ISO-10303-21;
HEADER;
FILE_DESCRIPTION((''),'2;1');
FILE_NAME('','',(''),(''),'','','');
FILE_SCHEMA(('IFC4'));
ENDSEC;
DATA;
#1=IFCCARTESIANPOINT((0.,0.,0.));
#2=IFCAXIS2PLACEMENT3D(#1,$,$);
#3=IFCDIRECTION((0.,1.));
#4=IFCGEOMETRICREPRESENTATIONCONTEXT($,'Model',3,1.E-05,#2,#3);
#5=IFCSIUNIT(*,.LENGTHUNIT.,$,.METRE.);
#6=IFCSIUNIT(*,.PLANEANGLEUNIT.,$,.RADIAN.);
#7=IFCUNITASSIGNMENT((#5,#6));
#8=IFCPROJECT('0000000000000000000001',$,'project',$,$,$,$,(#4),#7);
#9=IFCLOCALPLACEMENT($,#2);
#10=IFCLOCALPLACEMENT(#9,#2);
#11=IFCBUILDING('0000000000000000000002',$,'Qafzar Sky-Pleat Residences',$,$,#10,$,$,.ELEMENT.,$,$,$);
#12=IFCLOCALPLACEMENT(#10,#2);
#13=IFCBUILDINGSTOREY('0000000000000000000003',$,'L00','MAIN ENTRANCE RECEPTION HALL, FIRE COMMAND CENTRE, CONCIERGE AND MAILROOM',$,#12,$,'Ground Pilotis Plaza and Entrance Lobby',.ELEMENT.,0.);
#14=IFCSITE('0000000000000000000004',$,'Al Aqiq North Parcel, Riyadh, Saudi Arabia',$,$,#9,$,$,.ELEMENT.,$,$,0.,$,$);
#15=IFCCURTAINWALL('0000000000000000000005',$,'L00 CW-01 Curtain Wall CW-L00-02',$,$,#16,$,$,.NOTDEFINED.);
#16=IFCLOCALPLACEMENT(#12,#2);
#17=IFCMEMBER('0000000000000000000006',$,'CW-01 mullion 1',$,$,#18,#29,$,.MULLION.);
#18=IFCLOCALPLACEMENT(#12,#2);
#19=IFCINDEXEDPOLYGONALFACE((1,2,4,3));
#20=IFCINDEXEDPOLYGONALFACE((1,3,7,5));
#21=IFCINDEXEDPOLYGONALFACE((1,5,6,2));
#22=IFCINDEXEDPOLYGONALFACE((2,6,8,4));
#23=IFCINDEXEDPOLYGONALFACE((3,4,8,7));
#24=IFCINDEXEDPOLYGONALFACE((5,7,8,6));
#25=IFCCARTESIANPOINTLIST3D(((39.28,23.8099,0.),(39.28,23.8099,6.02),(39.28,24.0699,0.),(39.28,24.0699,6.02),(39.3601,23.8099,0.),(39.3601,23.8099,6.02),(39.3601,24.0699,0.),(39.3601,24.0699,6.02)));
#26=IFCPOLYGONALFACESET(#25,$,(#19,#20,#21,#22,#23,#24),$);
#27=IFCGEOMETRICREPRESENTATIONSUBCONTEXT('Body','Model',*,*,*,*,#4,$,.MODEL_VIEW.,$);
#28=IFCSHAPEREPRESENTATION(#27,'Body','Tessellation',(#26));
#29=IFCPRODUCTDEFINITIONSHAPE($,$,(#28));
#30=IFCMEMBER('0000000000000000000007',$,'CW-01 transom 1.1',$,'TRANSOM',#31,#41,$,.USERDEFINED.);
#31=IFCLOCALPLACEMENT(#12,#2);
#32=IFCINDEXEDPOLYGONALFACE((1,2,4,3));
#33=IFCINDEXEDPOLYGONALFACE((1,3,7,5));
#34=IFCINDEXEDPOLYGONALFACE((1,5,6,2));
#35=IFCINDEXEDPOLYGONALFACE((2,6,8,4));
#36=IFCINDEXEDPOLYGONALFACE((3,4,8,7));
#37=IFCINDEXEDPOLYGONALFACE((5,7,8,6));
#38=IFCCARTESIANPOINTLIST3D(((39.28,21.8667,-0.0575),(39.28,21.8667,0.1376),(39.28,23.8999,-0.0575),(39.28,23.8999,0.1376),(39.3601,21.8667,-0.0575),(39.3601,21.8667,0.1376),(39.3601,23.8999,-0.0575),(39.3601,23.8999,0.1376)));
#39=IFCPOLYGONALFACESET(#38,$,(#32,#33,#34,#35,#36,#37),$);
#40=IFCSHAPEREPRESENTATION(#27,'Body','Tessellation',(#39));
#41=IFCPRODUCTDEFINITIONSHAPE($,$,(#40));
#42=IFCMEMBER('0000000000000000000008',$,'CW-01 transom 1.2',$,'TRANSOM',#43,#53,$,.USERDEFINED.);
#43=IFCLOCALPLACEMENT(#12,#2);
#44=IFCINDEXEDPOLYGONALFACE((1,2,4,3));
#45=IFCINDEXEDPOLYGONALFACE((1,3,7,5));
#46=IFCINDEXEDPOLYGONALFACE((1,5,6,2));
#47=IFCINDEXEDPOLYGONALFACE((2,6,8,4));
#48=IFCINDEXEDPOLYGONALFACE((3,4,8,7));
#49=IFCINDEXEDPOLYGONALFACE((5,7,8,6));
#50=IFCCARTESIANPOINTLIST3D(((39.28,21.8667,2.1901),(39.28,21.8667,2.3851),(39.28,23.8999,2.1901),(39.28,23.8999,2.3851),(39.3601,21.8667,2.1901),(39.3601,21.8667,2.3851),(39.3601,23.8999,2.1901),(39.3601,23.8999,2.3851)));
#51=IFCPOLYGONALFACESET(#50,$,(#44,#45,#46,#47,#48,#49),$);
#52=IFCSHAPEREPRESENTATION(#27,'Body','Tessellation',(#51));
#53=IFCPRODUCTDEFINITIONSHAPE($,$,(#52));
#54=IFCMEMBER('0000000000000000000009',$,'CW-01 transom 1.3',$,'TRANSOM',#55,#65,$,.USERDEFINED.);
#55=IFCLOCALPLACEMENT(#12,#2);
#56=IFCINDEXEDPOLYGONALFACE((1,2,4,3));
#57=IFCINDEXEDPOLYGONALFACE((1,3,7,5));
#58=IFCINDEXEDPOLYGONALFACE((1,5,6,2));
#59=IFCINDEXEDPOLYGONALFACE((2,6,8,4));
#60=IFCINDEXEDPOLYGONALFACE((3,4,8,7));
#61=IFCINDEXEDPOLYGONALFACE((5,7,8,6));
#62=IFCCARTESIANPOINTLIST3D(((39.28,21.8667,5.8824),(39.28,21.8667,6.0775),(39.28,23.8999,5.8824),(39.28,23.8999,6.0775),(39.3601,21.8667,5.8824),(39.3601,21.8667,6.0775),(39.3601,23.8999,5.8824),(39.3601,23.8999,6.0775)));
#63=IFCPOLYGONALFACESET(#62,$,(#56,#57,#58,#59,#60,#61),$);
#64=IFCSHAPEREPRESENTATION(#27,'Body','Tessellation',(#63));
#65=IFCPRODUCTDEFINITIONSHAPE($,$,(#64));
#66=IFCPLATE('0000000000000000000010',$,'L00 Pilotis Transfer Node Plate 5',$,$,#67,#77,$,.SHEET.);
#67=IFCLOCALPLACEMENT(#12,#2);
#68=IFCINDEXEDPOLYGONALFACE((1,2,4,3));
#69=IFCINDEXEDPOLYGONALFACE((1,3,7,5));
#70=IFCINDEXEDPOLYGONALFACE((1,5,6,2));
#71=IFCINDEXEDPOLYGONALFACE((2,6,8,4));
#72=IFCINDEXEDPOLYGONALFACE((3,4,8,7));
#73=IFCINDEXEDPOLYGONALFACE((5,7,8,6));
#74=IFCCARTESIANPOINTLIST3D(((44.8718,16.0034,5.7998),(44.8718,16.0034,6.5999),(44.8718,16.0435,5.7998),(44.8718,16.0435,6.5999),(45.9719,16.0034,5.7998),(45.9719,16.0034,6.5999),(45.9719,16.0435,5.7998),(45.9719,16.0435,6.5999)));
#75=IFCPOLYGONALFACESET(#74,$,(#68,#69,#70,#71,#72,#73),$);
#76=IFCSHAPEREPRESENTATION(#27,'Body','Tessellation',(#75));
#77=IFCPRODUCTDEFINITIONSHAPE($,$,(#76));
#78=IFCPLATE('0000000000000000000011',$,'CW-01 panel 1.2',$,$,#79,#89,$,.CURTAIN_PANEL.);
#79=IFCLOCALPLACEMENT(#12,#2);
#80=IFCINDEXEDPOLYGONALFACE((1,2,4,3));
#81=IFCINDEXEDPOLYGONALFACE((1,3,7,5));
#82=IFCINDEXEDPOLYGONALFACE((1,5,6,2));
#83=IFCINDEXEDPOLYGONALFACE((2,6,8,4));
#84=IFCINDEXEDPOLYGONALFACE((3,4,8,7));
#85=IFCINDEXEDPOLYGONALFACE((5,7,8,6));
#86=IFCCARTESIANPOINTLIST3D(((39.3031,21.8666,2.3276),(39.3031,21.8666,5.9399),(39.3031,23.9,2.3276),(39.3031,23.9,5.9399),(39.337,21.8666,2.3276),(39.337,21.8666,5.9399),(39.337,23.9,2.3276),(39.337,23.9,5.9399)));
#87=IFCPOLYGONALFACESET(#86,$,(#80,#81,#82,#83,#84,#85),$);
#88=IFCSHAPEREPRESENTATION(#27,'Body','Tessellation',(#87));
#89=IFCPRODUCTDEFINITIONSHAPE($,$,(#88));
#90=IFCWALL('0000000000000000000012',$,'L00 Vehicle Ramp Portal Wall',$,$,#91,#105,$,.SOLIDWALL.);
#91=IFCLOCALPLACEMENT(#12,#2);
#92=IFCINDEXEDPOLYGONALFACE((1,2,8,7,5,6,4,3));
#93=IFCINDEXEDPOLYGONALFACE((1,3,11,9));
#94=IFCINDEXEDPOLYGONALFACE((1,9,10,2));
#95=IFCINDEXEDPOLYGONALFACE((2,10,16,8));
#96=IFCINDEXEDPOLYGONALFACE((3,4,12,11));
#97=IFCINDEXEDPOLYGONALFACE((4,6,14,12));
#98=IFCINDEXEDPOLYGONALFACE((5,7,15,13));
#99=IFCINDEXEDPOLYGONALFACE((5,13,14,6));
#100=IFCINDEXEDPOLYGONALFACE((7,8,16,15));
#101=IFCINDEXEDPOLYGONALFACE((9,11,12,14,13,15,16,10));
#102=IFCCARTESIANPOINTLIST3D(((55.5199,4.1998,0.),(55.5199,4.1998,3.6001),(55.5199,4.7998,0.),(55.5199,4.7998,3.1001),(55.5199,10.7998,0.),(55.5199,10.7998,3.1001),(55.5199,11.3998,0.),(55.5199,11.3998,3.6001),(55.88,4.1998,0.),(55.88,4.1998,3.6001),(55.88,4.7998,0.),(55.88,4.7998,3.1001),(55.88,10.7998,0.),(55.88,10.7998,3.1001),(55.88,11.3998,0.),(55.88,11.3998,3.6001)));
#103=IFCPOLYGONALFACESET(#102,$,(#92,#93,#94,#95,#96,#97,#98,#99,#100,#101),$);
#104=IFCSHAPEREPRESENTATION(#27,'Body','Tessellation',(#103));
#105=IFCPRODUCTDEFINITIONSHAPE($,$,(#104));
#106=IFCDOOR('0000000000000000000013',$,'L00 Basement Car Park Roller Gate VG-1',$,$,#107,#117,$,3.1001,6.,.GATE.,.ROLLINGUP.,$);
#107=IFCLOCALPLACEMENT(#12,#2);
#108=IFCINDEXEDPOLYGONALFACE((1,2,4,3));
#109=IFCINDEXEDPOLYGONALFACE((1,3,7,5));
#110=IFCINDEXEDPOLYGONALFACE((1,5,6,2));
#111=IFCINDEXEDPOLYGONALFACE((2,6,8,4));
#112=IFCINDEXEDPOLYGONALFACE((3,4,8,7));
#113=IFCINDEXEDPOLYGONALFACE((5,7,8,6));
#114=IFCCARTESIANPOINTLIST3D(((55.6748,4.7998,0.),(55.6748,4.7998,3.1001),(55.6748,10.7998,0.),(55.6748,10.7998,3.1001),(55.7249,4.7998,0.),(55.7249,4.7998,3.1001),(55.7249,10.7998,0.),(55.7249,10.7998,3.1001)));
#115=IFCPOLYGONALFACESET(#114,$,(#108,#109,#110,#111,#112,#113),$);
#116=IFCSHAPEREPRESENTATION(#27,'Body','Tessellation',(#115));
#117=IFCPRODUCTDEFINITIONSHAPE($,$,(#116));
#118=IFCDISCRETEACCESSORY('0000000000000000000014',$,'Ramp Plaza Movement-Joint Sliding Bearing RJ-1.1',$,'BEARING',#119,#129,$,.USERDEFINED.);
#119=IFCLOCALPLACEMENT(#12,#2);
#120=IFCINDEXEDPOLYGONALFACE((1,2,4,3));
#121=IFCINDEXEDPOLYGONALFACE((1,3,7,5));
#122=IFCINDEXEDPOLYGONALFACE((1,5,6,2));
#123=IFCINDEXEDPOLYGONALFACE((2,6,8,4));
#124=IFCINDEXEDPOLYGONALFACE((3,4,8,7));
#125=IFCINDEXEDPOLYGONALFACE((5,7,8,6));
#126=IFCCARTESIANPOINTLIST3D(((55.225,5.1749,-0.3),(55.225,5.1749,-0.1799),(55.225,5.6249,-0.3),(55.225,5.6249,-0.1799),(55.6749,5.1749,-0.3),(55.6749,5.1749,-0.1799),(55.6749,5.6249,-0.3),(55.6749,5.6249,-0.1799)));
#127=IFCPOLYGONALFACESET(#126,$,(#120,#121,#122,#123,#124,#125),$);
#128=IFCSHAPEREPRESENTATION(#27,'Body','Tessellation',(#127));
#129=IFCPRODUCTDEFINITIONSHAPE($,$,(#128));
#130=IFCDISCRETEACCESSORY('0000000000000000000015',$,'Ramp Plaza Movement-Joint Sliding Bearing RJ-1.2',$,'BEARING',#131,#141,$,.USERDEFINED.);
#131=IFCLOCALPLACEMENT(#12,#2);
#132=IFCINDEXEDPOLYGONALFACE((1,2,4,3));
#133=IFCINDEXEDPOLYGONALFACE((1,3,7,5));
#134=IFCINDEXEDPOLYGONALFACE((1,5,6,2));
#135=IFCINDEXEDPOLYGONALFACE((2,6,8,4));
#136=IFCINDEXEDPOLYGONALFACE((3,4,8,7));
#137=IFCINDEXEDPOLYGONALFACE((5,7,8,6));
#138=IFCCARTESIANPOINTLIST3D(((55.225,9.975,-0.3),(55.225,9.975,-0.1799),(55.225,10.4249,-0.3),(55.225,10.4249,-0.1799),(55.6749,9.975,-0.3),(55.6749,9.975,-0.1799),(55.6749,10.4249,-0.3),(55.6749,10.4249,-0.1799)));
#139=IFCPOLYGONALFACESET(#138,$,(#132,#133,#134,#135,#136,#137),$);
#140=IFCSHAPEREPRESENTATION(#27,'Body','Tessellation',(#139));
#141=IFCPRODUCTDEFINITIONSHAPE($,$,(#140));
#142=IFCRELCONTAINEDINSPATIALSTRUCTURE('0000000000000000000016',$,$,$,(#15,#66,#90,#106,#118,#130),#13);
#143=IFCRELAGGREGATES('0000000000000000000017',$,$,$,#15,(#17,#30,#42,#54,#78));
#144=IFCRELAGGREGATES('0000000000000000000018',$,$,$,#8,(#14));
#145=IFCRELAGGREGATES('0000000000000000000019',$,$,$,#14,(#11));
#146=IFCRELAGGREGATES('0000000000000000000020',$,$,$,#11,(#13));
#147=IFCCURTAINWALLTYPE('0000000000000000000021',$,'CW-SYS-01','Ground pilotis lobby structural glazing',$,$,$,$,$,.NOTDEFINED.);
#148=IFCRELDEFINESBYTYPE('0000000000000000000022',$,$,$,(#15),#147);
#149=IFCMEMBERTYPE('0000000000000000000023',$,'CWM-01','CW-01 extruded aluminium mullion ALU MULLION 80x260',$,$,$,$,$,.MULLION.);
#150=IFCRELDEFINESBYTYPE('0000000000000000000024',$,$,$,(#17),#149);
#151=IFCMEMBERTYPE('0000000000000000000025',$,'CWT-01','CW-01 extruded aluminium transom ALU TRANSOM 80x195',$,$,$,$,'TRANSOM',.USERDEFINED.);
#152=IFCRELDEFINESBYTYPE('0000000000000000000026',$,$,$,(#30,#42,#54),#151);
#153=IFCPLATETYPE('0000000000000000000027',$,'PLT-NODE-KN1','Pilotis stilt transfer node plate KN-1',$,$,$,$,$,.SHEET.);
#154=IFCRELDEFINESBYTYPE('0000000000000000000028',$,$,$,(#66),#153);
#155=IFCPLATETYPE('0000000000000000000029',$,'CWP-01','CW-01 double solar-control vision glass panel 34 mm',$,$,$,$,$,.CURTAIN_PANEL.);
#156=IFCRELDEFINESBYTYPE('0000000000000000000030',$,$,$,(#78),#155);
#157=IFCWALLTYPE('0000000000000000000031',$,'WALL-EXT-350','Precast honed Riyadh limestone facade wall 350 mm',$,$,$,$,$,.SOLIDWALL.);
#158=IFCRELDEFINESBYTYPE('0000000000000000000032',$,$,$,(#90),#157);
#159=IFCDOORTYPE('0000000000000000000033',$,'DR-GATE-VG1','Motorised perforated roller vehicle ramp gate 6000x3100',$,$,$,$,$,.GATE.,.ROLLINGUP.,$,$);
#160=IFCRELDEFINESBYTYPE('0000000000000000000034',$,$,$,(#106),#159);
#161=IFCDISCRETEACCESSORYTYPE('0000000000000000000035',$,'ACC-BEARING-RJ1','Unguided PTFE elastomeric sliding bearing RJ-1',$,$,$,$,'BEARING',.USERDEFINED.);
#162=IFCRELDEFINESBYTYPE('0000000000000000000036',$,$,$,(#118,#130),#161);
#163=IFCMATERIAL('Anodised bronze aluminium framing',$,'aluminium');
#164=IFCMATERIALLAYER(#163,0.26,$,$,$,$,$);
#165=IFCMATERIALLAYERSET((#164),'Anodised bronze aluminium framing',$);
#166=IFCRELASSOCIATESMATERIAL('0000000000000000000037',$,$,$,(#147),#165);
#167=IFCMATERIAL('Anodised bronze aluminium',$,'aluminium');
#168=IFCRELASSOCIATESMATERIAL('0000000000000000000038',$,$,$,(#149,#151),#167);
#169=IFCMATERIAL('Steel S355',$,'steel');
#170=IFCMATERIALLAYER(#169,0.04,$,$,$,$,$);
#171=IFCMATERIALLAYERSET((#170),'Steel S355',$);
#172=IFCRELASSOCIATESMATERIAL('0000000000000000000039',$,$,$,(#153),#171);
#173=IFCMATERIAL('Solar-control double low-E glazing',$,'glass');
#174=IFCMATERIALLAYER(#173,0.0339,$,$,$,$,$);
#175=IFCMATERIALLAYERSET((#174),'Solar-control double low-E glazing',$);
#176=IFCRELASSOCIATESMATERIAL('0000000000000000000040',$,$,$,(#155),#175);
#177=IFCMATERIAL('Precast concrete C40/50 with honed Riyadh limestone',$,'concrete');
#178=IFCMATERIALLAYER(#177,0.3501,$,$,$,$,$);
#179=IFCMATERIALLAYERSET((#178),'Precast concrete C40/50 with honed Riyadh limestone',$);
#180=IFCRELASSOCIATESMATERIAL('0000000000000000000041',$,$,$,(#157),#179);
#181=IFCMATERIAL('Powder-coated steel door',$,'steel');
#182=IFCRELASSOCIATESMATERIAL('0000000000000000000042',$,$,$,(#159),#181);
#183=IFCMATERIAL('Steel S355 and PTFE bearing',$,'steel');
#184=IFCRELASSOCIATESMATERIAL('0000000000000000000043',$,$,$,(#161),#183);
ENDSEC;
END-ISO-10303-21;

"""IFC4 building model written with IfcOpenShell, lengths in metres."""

from ifc_helpers import new_model, si_unit, direction, frame, frame_2d, origin, origin_2d, place, context, subcontext, project, spatial, rectangle, extrude, source, transform, mapped, material, layer, layer_set, material_profile, profile_set, type_object, element, fill, aggregate, save


model = new_model("IFC4")

# Units and contexts
model_context = context("Model", 3, precision=1e-05, world=origin(), true_north=direction((0.0, 1.0)))
body_context = subcontext(model_context, "Body", "Model", "MODEL_VIEW")
ifc_project = project(units=[si_unit("LENGTHUNIT", "METRE"), si_unit("PLANEANGLEUNIT", "RADIAN")], contexts=[model_context])

# Site, building, storey
site_placement = place(None, origin())
site = spatial("IfcSite", under=ifc_project, at=site_placement, Name="Al Aqiq North Parcel, Riyadh, Saudi Arabia", CompositionType="ELEMENT", RefElevation=0.0)
building_placement = place(site_placement, origin())
building = spatial("IfcBuilding", under=site, at=building_placement, Name="Qafzar Sky-Pleat Residences", CompositionType="ELEMENT")
storey_placement = place(building_placement, origin())
storey = spatial("IfcBuildingStorey", under=building, at=storey_placement, Name="L00", Description="MAIN ENTRANCE RECEPTION HALL, FIRE COMMAND CENTRE, CONCIERGE AND MAILROOM", LongName="Ground Pilotis Plaza and Entrance Lobby", CompositionType="ELEMENT", Elevation=0.0)

# Shared definitions
ifc_material_1 = material(Name="Steel S355", Category="steel")

# Curtain wall, members
ifc_material_2 = material(Name="Anodised bronze aluminium framing", Category="aluminium")
ifc_layer_1 = layer(ifc_material_2, 0.26)
ifc_layer_set_1 = layer_set([ifc_layer_1], Name="Anodised bronze aluminium framing")
curtain_wall_type = type_object("IfcCurtainWallType", Name="CW-SYS-01", Description="Ground pilotis lobby structural glazing", PredefinedType="NOTDEFINED", material=ifc_layer_set_1)
curtain_wall_placement = place(storey_placement, origin())
curtain_wall = element("IfcCurtainWall", 1, at=curtain_wall_placement, inside=storey, type_object=curtain_wall_type, Name="L00 CW-01 Curtain Wall CW-L00-02", PredefinedType="NOTDEFINED")
ifc_material_3 = material(Name="Anodised bronze aluminium", Category="aluminium")
ifc_material_profile_1 = material_profile(ifc_material_3, rectangle(XDim=0.0801, YDim=0.26, at=origin_2d()), Name="ALU MULLION 80x260")
ifc_profile_set_1 = profile_set([ifc_material_profile_1], Name="Anodised bronze aluminium")
member_type_1 = type_object("IfcMemberType", Name="CWM-01", Description="CW-01 extruded aluminium mullion ALU MULLION 80x260", PredefinedType="MULLION", material=ifc_profile_set_1)
shared_shape_1 = source(origin(), body_context, "Body", "SweptSolid", [
    extrude(rectangle(XDim=0.0801, YDim=0.26, at=origin_2d()), origin(), (0.0, 0.0, 1.0), 6.02),
])
member_1_placement = place(storey_placement, frame((39.3201, 23.9399, 0.0), z_axis=(0.0, 0.0, 1.0), x_axis=(1.0, 0.0, 0.0)))
member_1 = element("IfcMember", 2, at=member_1_placement, type_object=member_type_1, Name="CW-01 mullion 1", PredefinedType="MULLION", context=body_context, shape_type="MappedRepresentation", body=[
    mapped(shared_shape_1, transform((0.0, 0.0, 0.0), x_axis=(1.0, 0.0, 0.0), y_axis=(0.0, 1.0, 0.0), z_axis=(0.0, 0.0, 1.0), scale=1.0)),
])
ifc_material_profile_2 = material_profile(ifc_material_3, rectangle(XDim=0.0801, YDim=0.1951, at=origin_2d()), Name="ALU TRANSOM 80x195")
ifc_profile_set_2 = profile_set([ifc_material_profile_2], Name="Anodised bronze aluminium")
member_type_2 = type_object("IfcMemberType", Name="CWT-01", Description="CW-01 extruded aluminium transom ALU TRANSOM 80x195", ElementType="TRANSOM", PredefinedType="USERDEFINED", material=ifc_profile_set_2)
shared_shape_2 = source(origin(), body_context, "Body", "SweptSolid", [
    extrude(rectangle(XDim=0.0801, YDim=0.1951, at=origin_2d()), origin(), (0.0, 0.0, 1.0), 2.0332),
])
member_2_placement = place(storey_placement, frame((39.3201, 23.8999, 0.04), z_axis=(0.0, -1.0, 0.0), x_axis=(1.0, 0.0, 0.0)))
member_2 = element("IfcMember", 3, at=member_2_placement, type_object=member_type_2, Name="CW-01 transom 1.1", ObjectType="TRANSOM", PredefinedType="USERDEFINED", context=body_context, shape_type="MappedRepresentation", body=[
    mapped(shared_shape_2, transform((0.0, 0.0, 0.0), x_axis=(1.0, 0.0, 0.0), y_axis=(0.0, 1.0, 0.0), z_axis=(0.0, 0.0, 1.0), scale=1.0)),
])
member_3_placement = place(storey_placement, frame((39.3201, 23.8999, 2.2876), z_axis=(0.0, -1.0, 0.0), x_axis=(1.0, 0.0, 0.0)))
member_3 = element("IfcMember", 4, at=member_3_placement, type_object=member_type_2, Name="CW-01 transom 1.2", ObjectType="TRANSOM", PredefinedType="USERDEFINED", context=body_context, shape_type="MappedRepresentation", body=[
    mapped(shared_shape_2, transform((0.0, 0.0, 0.0), x_axis=(1.0, 0.0, 0.0), y_axis=(0.0, 1.0, 0.0), z_axis=(0.0, 0.0, 1.0), scale=1.0)),
])
member_4_placement = place(storey_placement, frame((39.3201, 23.8999, 5.98), z_axis=(0.0, -1.0, 0.0), x_axis=(1.0, 0.0, 0.0)))
member_4 = element("IfcMember", 5, at=member_4_placement, type_object=member_type_2, Name="CW-01 transom 1.3", ObjectType="TRANSOM", PredefinedType="USERDEFINED", context=body_context, shape_type="MappedRepresentation", body=[
    mapped(shared_shape_2, transform((0.0, 0.0, 0.0), x_axis=(1.0, 0.0, 0.0), y_axis=(0.0, 1.0, 0.0), z_axis=(0.0, 0.0, 1.0), scale=1.0)),
])

# Plates
ifc_layer_2 = layer(ifc_material_1, 0.04)
ifc_layer_set_2 = layer_set([ifc_layer_2], Name="Steel S355")
plate_type_1 = type_object("IfcPlateType", Name="PLT-NODE-KN1", Description="Pilotis stilt transfer node plate KN-1", PredefinedType="SHEET", material=ifc_layer_set_2)
shared_shape_3 = source(origin(), body_context, "Body", "SweptSolid", [
    extrude(rectangle(XDim=1.1001, YDim=0.04, at=origin_2d()), origin(), (0.0, 0.0, 1.0), 0.8),
])
plate_1_placement = place(storey_placement, frame((45.4219, 16.0234, 5.7998), z_axis=(0.0, 0.0, 1.0), x_axis=(1.0, 0.0, 0.0)))
element("IfcPlate", 6, at=plate_1_placement, inside=storey, type_object=plate_type_1, Name="L00 Pilotis Transfer Node Plate 5", PredefinedType="SHEET", context=body_context, shape_type="MappedRepresentation", body=[
    mapped(shared_shape_3, transform((0.0, 0.0, 0.0), x_axis=(1.0, 0.0, 0.0), y_axis=(0.0, 1.0, 0.0), z_axis=(0.0, 0.0, 1.0), scale=1.0)),
])
ifc_material_4 = material(Name="Solar-control double low-E glazing", Category="glass")
ifc_layer_3 = layer(ifc_material_4, 0.0339)
ifc_layer_set_3 = layer_set([ifc_layer_3], Name="Solar-control double low-E glazing")
plate_type_2 = type_object("IfcPlateType", Name="CWP-01", Description="CW-01 double solar-control vision glass panel 34 mm", PredefinedType="CURTAIN_PANEL", material=ifc_layer_set_3)
shared_shape_4 = source(origin(), body_context, "Body", "SweptSolid", [
    extrude(rectangle(XDim=2.0334, YDim=0.0339, at=origin_2d()), origin(), (0.0, 0.0, 1.0), 3.6123),
])
plate_2_placement = place(storey_placement, frame((39.3201, 22.8833, 2.3276), z_axis=(0.0, 0.0, 1.0), x_axis=(0.0, -1.0, 0.0)))
plate_2 = element("IfcPlate", 7, at=plate_2_placement, type_object=plate_type_2, Name="CW-01 panel 1.2", PredefinedType="CURTAIN_PANEL", context=body_context, shape_type="MappedRepresentation", body=[
    mapped(shared_shape_4, transform((0.0, 0.0, 0.0), x_axis=(1.0, 0.0, 0.0), y_axis=(0.0, 1.0, 0.0), z_axis=(0.0, 0.0, 1.0), scale=1.0)),
])
aggregate(curtain_wall, [member_1, member_2, member_3, member_4, plate_2])

# Wall, opening, door
ifc_material_5 = material(Name="Precast concrete C40/50 with honed Riyadh limestone", Category="concrete")
ifc_layer_4 = layer(ifc_material_5, 0.3501)
ifc_layer_set_4 = layer_set([ifc_layer_4], Name="Precast concrete C40/50 with honed Riyadh limestone")
wall_type = type_object("IfcWallType", Name="WALL-EXT-350", Description="Precast honed Riyadh limestone facade wall 350 mm", PredefinedType="SOLIDWALL", material=ifc_layer_set_4)
wall_placement = place(storey_placement, frame((55.7, 11.3999, 0.0), z_axis=(0.0, 0.0, 1.0), x_axis=(0.0, -1.0, 0.0)))
wall = element("IfcWall", 8, at=wall_placement, inside=storey, type_object=wall_type, Name="L00 Vehicle Ramp Portal Wall", PredefinedType="SOLIDWALL", context=body_context, shape_type="SweptSolid", body=[
    extrude(rectangle(XDim=7.2, YDim=0.3601, at=frame_2d((3.6001, 0.0))), origin(), (0.0, 0.0, 1.0), 3.6001),
])
opening_placement = place(wall_placement, frame((0.6001, 0.0, 0.0)))
opening = element("IfcOpeningElement", 9, at=opening_placement, cuts=wall, PredefinedType="OPENING", context=body_context, shape_type="SweptSolid", body=[
    extrude(rectangle(XDim=6.0, YDim=3.1001, at=frame_2d((3.0, 1.55))), frame((0.0, 0.1899, 0.0), z_axis=(0.0, -1.0, 0.0), x_axis=(1.0, 0.0, 0.0)), (0.0, 0.0, 1.0), 0.3801),
])
ifc_material_6 = material(Name="Powder-coated steel door", Category="steel")
door_type = type_object("IfcDoorType", Name="DR-GATE-VG1", Description="Motorised perforated roller vehicle ramp gate 6000x3100", OperationType="ROLLINGUP", PredefinedType="GATE", material=ifc_material_6)
shared_shape_5 = source(origin(), body_context, "Body", "SweptSolid", [
    extrude(rectangle(XDim=6.0, YDim=3.1001, at=frame_2d((3.0, 1.55))), frame((0.0, 0.0249, 0.0), z_axis=(0.0, -1.0, 0.0), x_axis=(1.0, 0.0, 0.0)), (0.0, 0.0, 1.0), 0.05),
])
door_placement = place(opening_placement, origin())
door = element("IfcDoor", 10, at=door_placement, inside=storey, type_object=door_type, Name="L00 Basement Car Park Roller Gate VG-1", OperationType="ROLLINGUP", OverallHeight=3.1001, OverallWidth=6.0, PredefinedType="GATE", context=body_context, shape_type="MappedRepresentation", body=[
    mapped(shared_shape_5, transform((0.0, 0.0, 0.0), x_axis=(1.0, 0.0, 0.0), y_axis=(0.0, 1.0, 0.0), z_axis=(0.0, 0.0, 1.0), scale=1.0)),
])
fill(opening, door)

# Discrete accessories
ifc_material_7 = material(Name="Steel S355 and PTFE bearing", Category="steel")
discrete_accessory_type = type_object("IfcDiscreteAccessoryType", Name="ACC-BEARING-RJ1", Description="Unguided PTFE elastomeric sliding bearing RJ-1", ElementType="BEARING", PredefinedType="USERDEFINED", material=ifc_material_7)
shared_shape_6 = source(origin(), body_context, "Body", "SweptSolid", [
    extrude(rectangle(XDim=0.45, YDim=0.45, at=origin_2d()), origin(), (0.0, 0.0, 1.0), 0.1201),
])
for number, where, z_axis, x_axis, name in (
    (11, (55.45, 5.3999, -0.3), (0.0, 0.0, 1.0), (1.0, 0.0, 0.0), "Ramp Plaza Movement-Joint Sliding Bearing RJ-1.1"),
    (12, (55.45, 10.2, -0.3), (0.0, 0.0, 1.0), (1.0, 0.0, 0.0), "Ramp Plaza Movement-Joint Sliding Bearing RJ-1.2"),
):
    element("IfcDiscreteAccessory", number, at=place(storey_placement, frame(where, z_axis=z_axis, x_axis=x_axis)), inside=storey, type_object=discrete_accessory_type, Name=name, ObjectType="BEARING", PredefinedType="USERDEFINED", context=body_context, shape_type="MappedRepresentation", body=[
        mapped(shared_shape_6, transform((0.0, 0.0, 0.0), x_axis=(1.0, 0.0, 0.0), y_axis=(0.0, 1.0, 0.0), z_axis=(0.0, 0.0, 1.0), scale=1.0)),
    ])

save(model, "model.ifc")
